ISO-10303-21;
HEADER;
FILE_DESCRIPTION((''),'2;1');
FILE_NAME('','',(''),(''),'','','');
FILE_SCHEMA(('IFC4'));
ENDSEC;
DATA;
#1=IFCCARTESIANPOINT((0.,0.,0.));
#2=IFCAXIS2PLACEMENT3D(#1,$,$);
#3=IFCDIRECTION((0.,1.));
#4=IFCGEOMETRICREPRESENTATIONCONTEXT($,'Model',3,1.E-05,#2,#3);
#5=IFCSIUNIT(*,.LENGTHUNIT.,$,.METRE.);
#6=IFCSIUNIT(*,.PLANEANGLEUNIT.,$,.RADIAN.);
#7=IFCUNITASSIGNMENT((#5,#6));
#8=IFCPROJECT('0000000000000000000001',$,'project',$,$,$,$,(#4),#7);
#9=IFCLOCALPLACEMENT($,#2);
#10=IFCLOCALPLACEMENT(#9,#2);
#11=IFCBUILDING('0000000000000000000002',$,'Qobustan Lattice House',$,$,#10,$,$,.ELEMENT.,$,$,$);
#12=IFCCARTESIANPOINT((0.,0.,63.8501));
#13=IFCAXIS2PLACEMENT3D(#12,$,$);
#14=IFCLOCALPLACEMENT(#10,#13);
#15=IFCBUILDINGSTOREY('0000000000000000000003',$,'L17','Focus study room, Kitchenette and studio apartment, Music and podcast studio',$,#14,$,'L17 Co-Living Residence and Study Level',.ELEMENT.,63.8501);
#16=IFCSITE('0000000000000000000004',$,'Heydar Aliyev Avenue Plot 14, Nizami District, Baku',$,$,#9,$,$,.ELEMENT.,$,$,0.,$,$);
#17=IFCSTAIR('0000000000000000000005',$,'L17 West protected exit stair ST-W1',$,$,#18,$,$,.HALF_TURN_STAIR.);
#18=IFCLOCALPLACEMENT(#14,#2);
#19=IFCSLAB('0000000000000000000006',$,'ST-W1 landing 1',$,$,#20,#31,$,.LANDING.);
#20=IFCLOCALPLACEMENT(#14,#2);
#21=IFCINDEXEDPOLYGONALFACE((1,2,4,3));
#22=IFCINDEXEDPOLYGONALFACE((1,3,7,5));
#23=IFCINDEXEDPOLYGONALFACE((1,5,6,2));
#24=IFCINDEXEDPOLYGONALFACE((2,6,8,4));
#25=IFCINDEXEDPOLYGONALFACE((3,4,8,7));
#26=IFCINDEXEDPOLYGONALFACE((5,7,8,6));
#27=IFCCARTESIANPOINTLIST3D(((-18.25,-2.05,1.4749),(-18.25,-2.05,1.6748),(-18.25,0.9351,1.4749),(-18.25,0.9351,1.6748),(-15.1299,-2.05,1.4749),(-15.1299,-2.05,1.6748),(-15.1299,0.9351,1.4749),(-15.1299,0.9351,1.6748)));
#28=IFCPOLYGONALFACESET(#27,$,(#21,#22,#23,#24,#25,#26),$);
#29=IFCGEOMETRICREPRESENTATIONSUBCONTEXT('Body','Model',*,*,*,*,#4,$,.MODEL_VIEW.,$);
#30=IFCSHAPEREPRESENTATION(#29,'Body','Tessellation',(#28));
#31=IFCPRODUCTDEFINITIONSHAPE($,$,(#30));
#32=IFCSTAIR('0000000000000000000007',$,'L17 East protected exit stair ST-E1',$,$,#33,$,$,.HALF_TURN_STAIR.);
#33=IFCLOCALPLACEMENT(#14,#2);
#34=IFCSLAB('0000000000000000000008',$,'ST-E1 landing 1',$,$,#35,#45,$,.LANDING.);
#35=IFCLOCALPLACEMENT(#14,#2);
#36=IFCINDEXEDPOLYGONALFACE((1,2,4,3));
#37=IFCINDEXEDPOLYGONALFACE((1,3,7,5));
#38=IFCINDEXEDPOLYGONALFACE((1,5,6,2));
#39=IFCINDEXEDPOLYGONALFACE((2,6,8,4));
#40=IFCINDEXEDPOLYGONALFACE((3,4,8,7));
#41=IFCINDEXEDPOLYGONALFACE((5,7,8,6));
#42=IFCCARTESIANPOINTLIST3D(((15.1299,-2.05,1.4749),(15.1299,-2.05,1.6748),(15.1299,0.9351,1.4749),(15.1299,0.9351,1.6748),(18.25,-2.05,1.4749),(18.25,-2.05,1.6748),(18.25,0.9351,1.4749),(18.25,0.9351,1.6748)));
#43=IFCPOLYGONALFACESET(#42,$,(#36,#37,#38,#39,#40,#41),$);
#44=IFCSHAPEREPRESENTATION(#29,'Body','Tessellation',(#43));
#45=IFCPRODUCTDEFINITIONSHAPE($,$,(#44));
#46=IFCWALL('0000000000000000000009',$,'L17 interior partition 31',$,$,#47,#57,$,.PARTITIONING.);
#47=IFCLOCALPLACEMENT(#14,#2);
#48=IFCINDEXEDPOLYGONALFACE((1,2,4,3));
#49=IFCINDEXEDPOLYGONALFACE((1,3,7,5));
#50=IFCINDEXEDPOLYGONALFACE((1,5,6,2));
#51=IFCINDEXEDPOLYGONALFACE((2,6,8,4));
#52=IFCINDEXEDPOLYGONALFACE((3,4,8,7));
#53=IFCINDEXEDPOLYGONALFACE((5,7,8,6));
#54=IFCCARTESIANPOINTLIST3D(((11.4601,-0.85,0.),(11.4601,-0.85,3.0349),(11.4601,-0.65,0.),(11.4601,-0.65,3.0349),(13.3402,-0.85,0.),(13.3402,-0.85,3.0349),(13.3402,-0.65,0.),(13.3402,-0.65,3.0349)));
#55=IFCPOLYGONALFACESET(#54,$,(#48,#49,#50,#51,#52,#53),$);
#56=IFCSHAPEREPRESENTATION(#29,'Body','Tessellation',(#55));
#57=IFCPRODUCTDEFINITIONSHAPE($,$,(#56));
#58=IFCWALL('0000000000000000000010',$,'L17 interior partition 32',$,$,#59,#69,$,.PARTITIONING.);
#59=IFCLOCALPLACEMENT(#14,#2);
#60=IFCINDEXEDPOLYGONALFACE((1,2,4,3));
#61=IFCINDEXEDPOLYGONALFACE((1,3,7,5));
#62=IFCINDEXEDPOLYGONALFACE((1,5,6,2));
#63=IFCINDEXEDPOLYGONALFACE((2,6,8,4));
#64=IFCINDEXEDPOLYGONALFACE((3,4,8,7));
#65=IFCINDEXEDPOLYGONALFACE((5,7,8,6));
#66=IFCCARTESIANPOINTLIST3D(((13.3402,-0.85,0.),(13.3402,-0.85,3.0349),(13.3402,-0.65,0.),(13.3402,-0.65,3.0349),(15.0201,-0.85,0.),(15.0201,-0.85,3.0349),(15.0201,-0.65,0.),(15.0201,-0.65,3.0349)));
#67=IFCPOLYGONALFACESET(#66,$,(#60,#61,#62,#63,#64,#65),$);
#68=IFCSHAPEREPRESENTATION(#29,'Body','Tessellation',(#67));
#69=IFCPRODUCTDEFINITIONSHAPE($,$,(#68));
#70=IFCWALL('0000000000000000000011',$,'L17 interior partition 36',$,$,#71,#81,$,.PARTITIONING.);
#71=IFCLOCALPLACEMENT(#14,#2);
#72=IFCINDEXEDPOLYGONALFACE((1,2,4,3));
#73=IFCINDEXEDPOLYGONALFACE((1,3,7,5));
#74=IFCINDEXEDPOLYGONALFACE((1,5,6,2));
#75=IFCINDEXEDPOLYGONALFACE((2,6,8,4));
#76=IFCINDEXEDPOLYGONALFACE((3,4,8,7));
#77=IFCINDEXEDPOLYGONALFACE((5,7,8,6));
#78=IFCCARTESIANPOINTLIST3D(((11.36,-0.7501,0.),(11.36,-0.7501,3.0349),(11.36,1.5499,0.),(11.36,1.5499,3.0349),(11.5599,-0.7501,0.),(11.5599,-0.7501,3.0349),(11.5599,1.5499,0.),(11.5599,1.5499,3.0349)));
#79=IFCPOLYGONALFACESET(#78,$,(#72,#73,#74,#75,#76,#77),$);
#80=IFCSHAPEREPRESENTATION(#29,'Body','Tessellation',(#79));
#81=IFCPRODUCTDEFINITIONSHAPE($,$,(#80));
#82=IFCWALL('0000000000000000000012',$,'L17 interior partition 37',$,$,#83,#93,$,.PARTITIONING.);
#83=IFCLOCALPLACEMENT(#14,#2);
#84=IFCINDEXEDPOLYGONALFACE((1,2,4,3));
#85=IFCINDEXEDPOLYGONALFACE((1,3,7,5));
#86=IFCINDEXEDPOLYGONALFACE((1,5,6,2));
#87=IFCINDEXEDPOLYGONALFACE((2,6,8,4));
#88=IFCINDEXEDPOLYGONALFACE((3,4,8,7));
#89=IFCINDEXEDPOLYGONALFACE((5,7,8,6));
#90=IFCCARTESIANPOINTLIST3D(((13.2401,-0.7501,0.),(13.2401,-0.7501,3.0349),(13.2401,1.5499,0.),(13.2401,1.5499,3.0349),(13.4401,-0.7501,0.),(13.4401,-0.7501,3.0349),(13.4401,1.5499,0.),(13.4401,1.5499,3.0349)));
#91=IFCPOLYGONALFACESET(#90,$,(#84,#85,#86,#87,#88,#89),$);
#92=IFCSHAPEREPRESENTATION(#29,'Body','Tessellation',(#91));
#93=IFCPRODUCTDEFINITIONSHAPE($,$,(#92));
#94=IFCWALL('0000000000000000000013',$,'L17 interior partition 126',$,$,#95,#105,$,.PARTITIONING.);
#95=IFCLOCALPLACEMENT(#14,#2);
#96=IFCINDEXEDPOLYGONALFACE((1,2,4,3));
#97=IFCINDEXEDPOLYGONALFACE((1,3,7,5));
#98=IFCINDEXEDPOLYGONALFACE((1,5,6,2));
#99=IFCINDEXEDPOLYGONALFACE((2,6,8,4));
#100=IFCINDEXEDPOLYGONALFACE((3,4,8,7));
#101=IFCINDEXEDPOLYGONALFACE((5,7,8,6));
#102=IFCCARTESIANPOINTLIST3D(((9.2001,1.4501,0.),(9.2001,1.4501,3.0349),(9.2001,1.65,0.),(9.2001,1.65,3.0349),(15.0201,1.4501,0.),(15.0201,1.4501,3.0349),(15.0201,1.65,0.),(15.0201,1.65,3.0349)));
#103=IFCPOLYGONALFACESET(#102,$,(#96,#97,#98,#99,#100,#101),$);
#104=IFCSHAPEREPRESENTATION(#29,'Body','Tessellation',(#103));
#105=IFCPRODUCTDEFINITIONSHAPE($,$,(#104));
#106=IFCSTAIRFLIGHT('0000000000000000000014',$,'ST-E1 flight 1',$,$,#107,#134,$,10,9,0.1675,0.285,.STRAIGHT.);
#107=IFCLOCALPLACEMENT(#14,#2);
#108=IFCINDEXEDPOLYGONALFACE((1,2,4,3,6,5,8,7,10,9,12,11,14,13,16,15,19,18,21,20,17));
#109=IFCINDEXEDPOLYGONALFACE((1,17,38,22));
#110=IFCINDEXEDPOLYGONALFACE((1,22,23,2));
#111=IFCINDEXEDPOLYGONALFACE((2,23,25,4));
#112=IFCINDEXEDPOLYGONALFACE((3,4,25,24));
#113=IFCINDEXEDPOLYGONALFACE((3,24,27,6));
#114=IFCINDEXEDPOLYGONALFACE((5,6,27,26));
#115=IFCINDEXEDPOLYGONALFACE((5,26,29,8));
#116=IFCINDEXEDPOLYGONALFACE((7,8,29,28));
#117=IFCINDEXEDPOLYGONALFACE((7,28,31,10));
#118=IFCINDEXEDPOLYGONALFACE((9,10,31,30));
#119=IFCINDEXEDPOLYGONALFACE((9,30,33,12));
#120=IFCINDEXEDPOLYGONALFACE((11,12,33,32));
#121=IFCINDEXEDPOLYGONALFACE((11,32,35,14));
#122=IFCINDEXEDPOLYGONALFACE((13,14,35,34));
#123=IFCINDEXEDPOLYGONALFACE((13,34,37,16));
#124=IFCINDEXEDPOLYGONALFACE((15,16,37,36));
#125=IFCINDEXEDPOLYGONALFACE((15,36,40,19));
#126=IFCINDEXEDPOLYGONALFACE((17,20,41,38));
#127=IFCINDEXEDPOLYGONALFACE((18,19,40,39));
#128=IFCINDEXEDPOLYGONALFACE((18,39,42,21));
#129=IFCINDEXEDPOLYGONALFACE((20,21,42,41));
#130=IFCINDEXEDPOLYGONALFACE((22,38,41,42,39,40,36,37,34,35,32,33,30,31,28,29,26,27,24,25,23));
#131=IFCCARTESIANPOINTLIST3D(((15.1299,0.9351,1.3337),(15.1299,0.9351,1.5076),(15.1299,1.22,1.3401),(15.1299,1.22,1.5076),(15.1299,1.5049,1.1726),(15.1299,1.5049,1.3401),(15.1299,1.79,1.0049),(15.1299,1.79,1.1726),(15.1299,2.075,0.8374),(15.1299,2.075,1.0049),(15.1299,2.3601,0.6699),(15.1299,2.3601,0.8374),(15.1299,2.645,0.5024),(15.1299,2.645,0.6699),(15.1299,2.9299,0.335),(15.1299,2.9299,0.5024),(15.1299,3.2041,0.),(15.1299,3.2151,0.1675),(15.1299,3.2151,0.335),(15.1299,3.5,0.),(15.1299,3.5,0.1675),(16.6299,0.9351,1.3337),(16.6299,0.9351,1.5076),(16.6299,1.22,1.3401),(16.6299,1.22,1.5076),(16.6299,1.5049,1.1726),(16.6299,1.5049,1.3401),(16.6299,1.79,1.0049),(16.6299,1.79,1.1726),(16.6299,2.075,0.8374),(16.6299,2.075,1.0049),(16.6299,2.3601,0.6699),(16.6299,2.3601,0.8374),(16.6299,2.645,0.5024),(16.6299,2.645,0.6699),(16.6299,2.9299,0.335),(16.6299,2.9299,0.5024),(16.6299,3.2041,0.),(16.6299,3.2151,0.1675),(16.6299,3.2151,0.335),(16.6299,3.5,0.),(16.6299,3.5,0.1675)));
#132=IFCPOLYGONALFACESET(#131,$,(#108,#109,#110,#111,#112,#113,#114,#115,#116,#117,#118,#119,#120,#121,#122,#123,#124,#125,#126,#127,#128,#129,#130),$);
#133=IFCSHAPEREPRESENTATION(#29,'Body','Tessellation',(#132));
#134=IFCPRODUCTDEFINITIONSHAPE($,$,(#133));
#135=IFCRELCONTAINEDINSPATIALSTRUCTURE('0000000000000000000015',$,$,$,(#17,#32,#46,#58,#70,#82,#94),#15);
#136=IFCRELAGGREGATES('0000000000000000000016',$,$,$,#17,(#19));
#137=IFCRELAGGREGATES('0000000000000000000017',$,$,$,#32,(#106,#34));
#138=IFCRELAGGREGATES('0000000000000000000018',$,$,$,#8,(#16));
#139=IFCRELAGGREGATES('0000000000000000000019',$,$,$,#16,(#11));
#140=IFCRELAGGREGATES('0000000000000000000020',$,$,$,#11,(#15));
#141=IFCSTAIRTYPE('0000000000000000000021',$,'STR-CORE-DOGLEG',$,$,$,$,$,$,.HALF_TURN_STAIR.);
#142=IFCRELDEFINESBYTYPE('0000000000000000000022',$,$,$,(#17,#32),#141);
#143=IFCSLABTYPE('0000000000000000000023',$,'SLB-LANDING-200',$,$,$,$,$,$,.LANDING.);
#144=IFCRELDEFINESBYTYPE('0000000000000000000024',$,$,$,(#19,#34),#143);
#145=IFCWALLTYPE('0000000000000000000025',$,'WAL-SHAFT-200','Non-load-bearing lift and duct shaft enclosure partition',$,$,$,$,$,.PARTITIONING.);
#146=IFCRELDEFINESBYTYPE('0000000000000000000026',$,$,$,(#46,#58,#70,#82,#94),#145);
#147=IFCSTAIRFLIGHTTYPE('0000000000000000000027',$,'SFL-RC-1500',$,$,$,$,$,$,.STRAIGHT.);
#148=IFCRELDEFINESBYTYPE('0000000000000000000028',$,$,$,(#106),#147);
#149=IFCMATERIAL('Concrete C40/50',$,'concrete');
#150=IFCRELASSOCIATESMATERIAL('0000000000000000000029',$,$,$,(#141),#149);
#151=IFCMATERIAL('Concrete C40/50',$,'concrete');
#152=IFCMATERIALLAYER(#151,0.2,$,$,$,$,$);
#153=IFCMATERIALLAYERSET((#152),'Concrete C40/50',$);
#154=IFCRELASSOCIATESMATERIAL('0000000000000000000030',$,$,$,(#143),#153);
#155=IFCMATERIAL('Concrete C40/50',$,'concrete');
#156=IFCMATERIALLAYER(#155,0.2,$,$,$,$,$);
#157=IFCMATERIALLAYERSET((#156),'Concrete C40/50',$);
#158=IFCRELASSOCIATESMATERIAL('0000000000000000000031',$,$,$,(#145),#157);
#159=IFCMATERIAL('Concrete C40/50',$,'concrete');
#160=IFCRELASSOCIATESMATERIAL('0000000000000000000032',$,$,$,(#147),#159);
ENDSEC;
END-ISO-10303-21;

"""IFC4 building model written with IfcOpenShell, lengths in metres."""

from ifc_helpers import new_model, si_unit, direction, frame, frame_2d, origin, place, context, subcontext, project, spatial, polyline, rectangle, outline, extrude, material, layer, layer_set, type_object, element, aggregate, save


model = new_model("IFC4")

# Units and contexts
model_context = context("Model", 3, precision=1e-05, world=origin(), true_north=direction((0.0, 1.0)))
body_context = subcontext(model_context, "Body", "Model", "MODEL_VIEW")
ifc_project = project(units=[si_unit("LENGTHUNIT", "METRE"), si_unit("PLANEANGLEUNIT", "RADIAN")], contexts=[model_context])

# Site, building, storey
site_placement = place(None, origin())
site = spatial("IfcSite", under=ifc_project, at=site_placement, Name="Heydar Aliyev Avenue Plot 14, Nizami District, Baku", CompositionType="ELEMENT", RefElevation=0.0)
building_placement = place(site_placement, origin())
building = spatial("IfcBuilding", under=site, at=building_placement, Name="Qobustan Lattice House", CompositionType="ELEMENT")
storey_placement = place(building_placement, frame((0.0, 0.0, 63.8501)))
storey = spatial("IfcBuildingStorey", under=building, at=storey_placement, Name="L17", Description="Focus study room, Kitchenette and studio apartment, Music and podcast studio", LongName="L17 Co-Living Residence and Study Level", CompositionType="ELEMENT", Elevation=63.8501)

# Stairs, slabs
ifc_material_1 = material(Name="Concrete C40/50", Category="concrete")
stair_type = type_object("IfcStairType", Name="STR-CORE-DOGLEG", PredefinedType="HALF_TURN_STAIR", material=ifc_material_1)
stair_1_placement = place(storey_placement, origin())
stair_1 = element("IfcStair", 1, at=stair_1_placement, inside=storey, type_object=stair_type, Name="L17 West protected exit stair ST-W1", PredefinedType="HALF_TURN_STAIR")
ifc_material_2 = material(Name="Concrete C40/50", Category="concrete")
ifc_layer_1 = layer(ifc_material_2, 0.2)
ifc_layer_set_1 = layer_set([ifc_layer_1], Name="Concrete C40/50")
slab_type_1 = type_object("IfcSlabType", Name="SLB-LANDING-200", PredefinedType="LANDING", material=ifc_layer_set_1)
slab_1_placement = place(storey_placement, frame((0.0, 0.0, 1.4749)))
slab_1 = element("IfcSlab", 2, at=slab_1_placement, type_object=slab_type_1, Name="ST-W1 landing 1", PredefinedType="LANDING", context=body_context, shape_type="SweptSolid", body=[
    extrude(outline(polyline([(-18.25, 0.9351), (-18.25, -2.05), (-15.1299, -2.05), (-15.1299, 0.9351), (-18.25, 0.9351)])), origin(), (0.0, 0.0, 1.0), 0.2),
])
aggregate(stair_1, [slab_1])
stair_2_placement = place(storey_placement, origin())
stair_2 = element("IfcStair", 3, at=stair_2_placement, inside=storey, type_object=stair_type, Name="L17 East protected exit stair ST-E1", PredefinedType="HALF_TURN_STAIR")
slab_2_placement = place(storey_placement, frame((0.0, 0.0, 1.4749)))
slab_2 = element("IfcSlab", 4, at=slab_2_placement, type_object=slab_type_1, Name="ST-E1 landing 1", PredefinedType="LANDING", context=body_context, shape_type="SweptSolid", body=[
    extrude(outline(polyline([(15.1299, 0.9351), (15.1299, -2.05), (18.25, -2.05), (18.25, 0.9351), (15.1299, 0.9351)])), origin(), (0.0, 0.0, 1.0), 0.2),
])

# Walls
ifc_material_3 = material(Name="Concrete C40/50", Category="concrete")
ifc_layer_2 = layer(ifc_material_3, 0.2)
ifc_layer_set_2 = layer_set([ifc_layer_2], Name="Concrete C40/50")
wall_type_1 = type_object("IfcWallType", Name="WAL-SHAFT-200", Description="Non-load-bearing lift and duct shaft enclosure partition", PredefinedType="PARTITIONING", material=ifc_layer_set_2)
wall_1_placement = place(storey_placement, frame((13.3401, -0.75, 0.0), z_axis=(0.0, 0.0, 1.0), x_axis=(-1.0, 0.0, 0.0)))
element("IfcWall", 5, at=wall_1_placement, inside=storey, type_object=wall_type_1, Name="L17 interior partition 31", PredefinedType="PARTITIONING", context=body_context, shape_type="SweptSolid", body=[
    extrude(rectangle(XDim=1.8801, YDim=0.2, at=frame_2d((0.9399, 0.0))), origin(), (0.0, 0.0, 1.0), 3.0349),
])
wall_2_placement = place(storey_placement, frame((15.02, -0.75, 0.0), z_axis=(0.0, 0.0, 1.0), x_axis=(-1.0, 0.0, 0.0)))
element("IfcWall", 6, at=wall_2_placement, inside=storey, type_object=wall_type_1, Name="L17 interior partition 32", PredefinedType="PARTITIONING", context=body_context, shape_type="SweptSolid", body=[
    extrude(rectangle(XDim=1.6799, YDim=0.2, at=frame_2d((0.8398, 0.0))), origin(), (0.0, 0.0, 1.0), 3.0349),
])
for number, where, z_axis, x_axis, name in (
    (7, (11.46, -0.75, 0.0), (0.0, 0.0, 1.0), (0.0, 1.0, 0.0), "L17 interior partition 36"),
    (8, (13.3401, -0.75, 0.0), (0.0, 0.0, 1.0), (0.0, 1.0, 0.0), "L17 interior partition 37"),
):
    element("IfcWall", number, at=place(storey_placement, frame(where, z_axis=z_axis, x_axis=x_axis)), inside=storey, type_object=wall_type_1, Name=name, PredefinedType="PARTITIONING", context=body_context, shape_type="SweptSolid", body=[
        extrude(rectangle(XDim=2.3, YDim=0.2, at=frame_2d((1.1499, 0.0))), origin(), (0.0, 0.0, 1.0), 3.0349),
    ])
wall_3_placement = place(storey_placement, frame((9.2, 1.55, 0.0), z_axis=(0.0, 0.0, 1.0), x_axis=(1.0, 0.0, 0.0)))
element("IfcWall", 9, at=wall_3_placement, inside=storey, type_object=wall_type_1, Name="L17 interior partition 126", PredefinedType="PARTITIONING", context=body_context, shape_type="SweptSolid", body=[
    extrude(rectangle(XDim=5.8201, YDim=0.2, at=frame_2d((2.9102, 0.0))), origin(), (0.0, 0.0, 1.0), 3.0349),
])

# Stair flight
ifc_material_4 = material(Name="Concrete C40/50", Category="concrete")
stair_flight_type = type_object("IfcStairFlightType", Name="SFL-RC-1500", PredefinedType="STRAIGHT", material=ifc_material_4)
stair_flight_placement = place(storey_placement, frame((15.8799, 3.5, 0.0), z_axis=(0.0, 0.0, 1.0), x_axis=(0.0, -1.0, 0.0)))
stair_flight = element("IfcStairFlight", 10, at=stair_flight_placement, type_object=stair_flight_type, Name="ST-E1 flight 1", NumberOfRisers=10, NumberOfTreads=9, PredefinedType="STRAIGHT", RiserHeight=0.1675, TreadLength=0.285, context=body_context, shape_type="SweptSolid", body=[
    extrude(outline(polyline([(0.0, 0.0), (0.0, 0.1675), (0.2849, 0.1675), (0.2849, 0.335), (0.5701, 0.335), (0.5701, 0.5024), (0.855, 0.5024), (0.855, 0.6699), (1.1399, 0.6699), (1.1399, 0.8374), (1.425, 0.8374), (1.425, 1.0049), (1.71, 1.0049), (1.71, 1.1726), (1.9951, 1.1726), (1.9951, 1.3401), (2.28, 1.3401), (2.28, 1.5076), (2.5649, 1.5076), (2.5649, 1.675), (2.5649, 1.3337), (0.2959, 0.0), (0.0, 0.0)])), frame((0.0, 0.75, 0.0), z_axis=(0.0, -1.0, 0.0), x_axis=(1.0, 0.0, 0.0)), (0.0, 0.0, 1.0), 1.5),
])
aggregate(stair_2, [stair_flight, slab_2])

save(model, "model.ifc")
